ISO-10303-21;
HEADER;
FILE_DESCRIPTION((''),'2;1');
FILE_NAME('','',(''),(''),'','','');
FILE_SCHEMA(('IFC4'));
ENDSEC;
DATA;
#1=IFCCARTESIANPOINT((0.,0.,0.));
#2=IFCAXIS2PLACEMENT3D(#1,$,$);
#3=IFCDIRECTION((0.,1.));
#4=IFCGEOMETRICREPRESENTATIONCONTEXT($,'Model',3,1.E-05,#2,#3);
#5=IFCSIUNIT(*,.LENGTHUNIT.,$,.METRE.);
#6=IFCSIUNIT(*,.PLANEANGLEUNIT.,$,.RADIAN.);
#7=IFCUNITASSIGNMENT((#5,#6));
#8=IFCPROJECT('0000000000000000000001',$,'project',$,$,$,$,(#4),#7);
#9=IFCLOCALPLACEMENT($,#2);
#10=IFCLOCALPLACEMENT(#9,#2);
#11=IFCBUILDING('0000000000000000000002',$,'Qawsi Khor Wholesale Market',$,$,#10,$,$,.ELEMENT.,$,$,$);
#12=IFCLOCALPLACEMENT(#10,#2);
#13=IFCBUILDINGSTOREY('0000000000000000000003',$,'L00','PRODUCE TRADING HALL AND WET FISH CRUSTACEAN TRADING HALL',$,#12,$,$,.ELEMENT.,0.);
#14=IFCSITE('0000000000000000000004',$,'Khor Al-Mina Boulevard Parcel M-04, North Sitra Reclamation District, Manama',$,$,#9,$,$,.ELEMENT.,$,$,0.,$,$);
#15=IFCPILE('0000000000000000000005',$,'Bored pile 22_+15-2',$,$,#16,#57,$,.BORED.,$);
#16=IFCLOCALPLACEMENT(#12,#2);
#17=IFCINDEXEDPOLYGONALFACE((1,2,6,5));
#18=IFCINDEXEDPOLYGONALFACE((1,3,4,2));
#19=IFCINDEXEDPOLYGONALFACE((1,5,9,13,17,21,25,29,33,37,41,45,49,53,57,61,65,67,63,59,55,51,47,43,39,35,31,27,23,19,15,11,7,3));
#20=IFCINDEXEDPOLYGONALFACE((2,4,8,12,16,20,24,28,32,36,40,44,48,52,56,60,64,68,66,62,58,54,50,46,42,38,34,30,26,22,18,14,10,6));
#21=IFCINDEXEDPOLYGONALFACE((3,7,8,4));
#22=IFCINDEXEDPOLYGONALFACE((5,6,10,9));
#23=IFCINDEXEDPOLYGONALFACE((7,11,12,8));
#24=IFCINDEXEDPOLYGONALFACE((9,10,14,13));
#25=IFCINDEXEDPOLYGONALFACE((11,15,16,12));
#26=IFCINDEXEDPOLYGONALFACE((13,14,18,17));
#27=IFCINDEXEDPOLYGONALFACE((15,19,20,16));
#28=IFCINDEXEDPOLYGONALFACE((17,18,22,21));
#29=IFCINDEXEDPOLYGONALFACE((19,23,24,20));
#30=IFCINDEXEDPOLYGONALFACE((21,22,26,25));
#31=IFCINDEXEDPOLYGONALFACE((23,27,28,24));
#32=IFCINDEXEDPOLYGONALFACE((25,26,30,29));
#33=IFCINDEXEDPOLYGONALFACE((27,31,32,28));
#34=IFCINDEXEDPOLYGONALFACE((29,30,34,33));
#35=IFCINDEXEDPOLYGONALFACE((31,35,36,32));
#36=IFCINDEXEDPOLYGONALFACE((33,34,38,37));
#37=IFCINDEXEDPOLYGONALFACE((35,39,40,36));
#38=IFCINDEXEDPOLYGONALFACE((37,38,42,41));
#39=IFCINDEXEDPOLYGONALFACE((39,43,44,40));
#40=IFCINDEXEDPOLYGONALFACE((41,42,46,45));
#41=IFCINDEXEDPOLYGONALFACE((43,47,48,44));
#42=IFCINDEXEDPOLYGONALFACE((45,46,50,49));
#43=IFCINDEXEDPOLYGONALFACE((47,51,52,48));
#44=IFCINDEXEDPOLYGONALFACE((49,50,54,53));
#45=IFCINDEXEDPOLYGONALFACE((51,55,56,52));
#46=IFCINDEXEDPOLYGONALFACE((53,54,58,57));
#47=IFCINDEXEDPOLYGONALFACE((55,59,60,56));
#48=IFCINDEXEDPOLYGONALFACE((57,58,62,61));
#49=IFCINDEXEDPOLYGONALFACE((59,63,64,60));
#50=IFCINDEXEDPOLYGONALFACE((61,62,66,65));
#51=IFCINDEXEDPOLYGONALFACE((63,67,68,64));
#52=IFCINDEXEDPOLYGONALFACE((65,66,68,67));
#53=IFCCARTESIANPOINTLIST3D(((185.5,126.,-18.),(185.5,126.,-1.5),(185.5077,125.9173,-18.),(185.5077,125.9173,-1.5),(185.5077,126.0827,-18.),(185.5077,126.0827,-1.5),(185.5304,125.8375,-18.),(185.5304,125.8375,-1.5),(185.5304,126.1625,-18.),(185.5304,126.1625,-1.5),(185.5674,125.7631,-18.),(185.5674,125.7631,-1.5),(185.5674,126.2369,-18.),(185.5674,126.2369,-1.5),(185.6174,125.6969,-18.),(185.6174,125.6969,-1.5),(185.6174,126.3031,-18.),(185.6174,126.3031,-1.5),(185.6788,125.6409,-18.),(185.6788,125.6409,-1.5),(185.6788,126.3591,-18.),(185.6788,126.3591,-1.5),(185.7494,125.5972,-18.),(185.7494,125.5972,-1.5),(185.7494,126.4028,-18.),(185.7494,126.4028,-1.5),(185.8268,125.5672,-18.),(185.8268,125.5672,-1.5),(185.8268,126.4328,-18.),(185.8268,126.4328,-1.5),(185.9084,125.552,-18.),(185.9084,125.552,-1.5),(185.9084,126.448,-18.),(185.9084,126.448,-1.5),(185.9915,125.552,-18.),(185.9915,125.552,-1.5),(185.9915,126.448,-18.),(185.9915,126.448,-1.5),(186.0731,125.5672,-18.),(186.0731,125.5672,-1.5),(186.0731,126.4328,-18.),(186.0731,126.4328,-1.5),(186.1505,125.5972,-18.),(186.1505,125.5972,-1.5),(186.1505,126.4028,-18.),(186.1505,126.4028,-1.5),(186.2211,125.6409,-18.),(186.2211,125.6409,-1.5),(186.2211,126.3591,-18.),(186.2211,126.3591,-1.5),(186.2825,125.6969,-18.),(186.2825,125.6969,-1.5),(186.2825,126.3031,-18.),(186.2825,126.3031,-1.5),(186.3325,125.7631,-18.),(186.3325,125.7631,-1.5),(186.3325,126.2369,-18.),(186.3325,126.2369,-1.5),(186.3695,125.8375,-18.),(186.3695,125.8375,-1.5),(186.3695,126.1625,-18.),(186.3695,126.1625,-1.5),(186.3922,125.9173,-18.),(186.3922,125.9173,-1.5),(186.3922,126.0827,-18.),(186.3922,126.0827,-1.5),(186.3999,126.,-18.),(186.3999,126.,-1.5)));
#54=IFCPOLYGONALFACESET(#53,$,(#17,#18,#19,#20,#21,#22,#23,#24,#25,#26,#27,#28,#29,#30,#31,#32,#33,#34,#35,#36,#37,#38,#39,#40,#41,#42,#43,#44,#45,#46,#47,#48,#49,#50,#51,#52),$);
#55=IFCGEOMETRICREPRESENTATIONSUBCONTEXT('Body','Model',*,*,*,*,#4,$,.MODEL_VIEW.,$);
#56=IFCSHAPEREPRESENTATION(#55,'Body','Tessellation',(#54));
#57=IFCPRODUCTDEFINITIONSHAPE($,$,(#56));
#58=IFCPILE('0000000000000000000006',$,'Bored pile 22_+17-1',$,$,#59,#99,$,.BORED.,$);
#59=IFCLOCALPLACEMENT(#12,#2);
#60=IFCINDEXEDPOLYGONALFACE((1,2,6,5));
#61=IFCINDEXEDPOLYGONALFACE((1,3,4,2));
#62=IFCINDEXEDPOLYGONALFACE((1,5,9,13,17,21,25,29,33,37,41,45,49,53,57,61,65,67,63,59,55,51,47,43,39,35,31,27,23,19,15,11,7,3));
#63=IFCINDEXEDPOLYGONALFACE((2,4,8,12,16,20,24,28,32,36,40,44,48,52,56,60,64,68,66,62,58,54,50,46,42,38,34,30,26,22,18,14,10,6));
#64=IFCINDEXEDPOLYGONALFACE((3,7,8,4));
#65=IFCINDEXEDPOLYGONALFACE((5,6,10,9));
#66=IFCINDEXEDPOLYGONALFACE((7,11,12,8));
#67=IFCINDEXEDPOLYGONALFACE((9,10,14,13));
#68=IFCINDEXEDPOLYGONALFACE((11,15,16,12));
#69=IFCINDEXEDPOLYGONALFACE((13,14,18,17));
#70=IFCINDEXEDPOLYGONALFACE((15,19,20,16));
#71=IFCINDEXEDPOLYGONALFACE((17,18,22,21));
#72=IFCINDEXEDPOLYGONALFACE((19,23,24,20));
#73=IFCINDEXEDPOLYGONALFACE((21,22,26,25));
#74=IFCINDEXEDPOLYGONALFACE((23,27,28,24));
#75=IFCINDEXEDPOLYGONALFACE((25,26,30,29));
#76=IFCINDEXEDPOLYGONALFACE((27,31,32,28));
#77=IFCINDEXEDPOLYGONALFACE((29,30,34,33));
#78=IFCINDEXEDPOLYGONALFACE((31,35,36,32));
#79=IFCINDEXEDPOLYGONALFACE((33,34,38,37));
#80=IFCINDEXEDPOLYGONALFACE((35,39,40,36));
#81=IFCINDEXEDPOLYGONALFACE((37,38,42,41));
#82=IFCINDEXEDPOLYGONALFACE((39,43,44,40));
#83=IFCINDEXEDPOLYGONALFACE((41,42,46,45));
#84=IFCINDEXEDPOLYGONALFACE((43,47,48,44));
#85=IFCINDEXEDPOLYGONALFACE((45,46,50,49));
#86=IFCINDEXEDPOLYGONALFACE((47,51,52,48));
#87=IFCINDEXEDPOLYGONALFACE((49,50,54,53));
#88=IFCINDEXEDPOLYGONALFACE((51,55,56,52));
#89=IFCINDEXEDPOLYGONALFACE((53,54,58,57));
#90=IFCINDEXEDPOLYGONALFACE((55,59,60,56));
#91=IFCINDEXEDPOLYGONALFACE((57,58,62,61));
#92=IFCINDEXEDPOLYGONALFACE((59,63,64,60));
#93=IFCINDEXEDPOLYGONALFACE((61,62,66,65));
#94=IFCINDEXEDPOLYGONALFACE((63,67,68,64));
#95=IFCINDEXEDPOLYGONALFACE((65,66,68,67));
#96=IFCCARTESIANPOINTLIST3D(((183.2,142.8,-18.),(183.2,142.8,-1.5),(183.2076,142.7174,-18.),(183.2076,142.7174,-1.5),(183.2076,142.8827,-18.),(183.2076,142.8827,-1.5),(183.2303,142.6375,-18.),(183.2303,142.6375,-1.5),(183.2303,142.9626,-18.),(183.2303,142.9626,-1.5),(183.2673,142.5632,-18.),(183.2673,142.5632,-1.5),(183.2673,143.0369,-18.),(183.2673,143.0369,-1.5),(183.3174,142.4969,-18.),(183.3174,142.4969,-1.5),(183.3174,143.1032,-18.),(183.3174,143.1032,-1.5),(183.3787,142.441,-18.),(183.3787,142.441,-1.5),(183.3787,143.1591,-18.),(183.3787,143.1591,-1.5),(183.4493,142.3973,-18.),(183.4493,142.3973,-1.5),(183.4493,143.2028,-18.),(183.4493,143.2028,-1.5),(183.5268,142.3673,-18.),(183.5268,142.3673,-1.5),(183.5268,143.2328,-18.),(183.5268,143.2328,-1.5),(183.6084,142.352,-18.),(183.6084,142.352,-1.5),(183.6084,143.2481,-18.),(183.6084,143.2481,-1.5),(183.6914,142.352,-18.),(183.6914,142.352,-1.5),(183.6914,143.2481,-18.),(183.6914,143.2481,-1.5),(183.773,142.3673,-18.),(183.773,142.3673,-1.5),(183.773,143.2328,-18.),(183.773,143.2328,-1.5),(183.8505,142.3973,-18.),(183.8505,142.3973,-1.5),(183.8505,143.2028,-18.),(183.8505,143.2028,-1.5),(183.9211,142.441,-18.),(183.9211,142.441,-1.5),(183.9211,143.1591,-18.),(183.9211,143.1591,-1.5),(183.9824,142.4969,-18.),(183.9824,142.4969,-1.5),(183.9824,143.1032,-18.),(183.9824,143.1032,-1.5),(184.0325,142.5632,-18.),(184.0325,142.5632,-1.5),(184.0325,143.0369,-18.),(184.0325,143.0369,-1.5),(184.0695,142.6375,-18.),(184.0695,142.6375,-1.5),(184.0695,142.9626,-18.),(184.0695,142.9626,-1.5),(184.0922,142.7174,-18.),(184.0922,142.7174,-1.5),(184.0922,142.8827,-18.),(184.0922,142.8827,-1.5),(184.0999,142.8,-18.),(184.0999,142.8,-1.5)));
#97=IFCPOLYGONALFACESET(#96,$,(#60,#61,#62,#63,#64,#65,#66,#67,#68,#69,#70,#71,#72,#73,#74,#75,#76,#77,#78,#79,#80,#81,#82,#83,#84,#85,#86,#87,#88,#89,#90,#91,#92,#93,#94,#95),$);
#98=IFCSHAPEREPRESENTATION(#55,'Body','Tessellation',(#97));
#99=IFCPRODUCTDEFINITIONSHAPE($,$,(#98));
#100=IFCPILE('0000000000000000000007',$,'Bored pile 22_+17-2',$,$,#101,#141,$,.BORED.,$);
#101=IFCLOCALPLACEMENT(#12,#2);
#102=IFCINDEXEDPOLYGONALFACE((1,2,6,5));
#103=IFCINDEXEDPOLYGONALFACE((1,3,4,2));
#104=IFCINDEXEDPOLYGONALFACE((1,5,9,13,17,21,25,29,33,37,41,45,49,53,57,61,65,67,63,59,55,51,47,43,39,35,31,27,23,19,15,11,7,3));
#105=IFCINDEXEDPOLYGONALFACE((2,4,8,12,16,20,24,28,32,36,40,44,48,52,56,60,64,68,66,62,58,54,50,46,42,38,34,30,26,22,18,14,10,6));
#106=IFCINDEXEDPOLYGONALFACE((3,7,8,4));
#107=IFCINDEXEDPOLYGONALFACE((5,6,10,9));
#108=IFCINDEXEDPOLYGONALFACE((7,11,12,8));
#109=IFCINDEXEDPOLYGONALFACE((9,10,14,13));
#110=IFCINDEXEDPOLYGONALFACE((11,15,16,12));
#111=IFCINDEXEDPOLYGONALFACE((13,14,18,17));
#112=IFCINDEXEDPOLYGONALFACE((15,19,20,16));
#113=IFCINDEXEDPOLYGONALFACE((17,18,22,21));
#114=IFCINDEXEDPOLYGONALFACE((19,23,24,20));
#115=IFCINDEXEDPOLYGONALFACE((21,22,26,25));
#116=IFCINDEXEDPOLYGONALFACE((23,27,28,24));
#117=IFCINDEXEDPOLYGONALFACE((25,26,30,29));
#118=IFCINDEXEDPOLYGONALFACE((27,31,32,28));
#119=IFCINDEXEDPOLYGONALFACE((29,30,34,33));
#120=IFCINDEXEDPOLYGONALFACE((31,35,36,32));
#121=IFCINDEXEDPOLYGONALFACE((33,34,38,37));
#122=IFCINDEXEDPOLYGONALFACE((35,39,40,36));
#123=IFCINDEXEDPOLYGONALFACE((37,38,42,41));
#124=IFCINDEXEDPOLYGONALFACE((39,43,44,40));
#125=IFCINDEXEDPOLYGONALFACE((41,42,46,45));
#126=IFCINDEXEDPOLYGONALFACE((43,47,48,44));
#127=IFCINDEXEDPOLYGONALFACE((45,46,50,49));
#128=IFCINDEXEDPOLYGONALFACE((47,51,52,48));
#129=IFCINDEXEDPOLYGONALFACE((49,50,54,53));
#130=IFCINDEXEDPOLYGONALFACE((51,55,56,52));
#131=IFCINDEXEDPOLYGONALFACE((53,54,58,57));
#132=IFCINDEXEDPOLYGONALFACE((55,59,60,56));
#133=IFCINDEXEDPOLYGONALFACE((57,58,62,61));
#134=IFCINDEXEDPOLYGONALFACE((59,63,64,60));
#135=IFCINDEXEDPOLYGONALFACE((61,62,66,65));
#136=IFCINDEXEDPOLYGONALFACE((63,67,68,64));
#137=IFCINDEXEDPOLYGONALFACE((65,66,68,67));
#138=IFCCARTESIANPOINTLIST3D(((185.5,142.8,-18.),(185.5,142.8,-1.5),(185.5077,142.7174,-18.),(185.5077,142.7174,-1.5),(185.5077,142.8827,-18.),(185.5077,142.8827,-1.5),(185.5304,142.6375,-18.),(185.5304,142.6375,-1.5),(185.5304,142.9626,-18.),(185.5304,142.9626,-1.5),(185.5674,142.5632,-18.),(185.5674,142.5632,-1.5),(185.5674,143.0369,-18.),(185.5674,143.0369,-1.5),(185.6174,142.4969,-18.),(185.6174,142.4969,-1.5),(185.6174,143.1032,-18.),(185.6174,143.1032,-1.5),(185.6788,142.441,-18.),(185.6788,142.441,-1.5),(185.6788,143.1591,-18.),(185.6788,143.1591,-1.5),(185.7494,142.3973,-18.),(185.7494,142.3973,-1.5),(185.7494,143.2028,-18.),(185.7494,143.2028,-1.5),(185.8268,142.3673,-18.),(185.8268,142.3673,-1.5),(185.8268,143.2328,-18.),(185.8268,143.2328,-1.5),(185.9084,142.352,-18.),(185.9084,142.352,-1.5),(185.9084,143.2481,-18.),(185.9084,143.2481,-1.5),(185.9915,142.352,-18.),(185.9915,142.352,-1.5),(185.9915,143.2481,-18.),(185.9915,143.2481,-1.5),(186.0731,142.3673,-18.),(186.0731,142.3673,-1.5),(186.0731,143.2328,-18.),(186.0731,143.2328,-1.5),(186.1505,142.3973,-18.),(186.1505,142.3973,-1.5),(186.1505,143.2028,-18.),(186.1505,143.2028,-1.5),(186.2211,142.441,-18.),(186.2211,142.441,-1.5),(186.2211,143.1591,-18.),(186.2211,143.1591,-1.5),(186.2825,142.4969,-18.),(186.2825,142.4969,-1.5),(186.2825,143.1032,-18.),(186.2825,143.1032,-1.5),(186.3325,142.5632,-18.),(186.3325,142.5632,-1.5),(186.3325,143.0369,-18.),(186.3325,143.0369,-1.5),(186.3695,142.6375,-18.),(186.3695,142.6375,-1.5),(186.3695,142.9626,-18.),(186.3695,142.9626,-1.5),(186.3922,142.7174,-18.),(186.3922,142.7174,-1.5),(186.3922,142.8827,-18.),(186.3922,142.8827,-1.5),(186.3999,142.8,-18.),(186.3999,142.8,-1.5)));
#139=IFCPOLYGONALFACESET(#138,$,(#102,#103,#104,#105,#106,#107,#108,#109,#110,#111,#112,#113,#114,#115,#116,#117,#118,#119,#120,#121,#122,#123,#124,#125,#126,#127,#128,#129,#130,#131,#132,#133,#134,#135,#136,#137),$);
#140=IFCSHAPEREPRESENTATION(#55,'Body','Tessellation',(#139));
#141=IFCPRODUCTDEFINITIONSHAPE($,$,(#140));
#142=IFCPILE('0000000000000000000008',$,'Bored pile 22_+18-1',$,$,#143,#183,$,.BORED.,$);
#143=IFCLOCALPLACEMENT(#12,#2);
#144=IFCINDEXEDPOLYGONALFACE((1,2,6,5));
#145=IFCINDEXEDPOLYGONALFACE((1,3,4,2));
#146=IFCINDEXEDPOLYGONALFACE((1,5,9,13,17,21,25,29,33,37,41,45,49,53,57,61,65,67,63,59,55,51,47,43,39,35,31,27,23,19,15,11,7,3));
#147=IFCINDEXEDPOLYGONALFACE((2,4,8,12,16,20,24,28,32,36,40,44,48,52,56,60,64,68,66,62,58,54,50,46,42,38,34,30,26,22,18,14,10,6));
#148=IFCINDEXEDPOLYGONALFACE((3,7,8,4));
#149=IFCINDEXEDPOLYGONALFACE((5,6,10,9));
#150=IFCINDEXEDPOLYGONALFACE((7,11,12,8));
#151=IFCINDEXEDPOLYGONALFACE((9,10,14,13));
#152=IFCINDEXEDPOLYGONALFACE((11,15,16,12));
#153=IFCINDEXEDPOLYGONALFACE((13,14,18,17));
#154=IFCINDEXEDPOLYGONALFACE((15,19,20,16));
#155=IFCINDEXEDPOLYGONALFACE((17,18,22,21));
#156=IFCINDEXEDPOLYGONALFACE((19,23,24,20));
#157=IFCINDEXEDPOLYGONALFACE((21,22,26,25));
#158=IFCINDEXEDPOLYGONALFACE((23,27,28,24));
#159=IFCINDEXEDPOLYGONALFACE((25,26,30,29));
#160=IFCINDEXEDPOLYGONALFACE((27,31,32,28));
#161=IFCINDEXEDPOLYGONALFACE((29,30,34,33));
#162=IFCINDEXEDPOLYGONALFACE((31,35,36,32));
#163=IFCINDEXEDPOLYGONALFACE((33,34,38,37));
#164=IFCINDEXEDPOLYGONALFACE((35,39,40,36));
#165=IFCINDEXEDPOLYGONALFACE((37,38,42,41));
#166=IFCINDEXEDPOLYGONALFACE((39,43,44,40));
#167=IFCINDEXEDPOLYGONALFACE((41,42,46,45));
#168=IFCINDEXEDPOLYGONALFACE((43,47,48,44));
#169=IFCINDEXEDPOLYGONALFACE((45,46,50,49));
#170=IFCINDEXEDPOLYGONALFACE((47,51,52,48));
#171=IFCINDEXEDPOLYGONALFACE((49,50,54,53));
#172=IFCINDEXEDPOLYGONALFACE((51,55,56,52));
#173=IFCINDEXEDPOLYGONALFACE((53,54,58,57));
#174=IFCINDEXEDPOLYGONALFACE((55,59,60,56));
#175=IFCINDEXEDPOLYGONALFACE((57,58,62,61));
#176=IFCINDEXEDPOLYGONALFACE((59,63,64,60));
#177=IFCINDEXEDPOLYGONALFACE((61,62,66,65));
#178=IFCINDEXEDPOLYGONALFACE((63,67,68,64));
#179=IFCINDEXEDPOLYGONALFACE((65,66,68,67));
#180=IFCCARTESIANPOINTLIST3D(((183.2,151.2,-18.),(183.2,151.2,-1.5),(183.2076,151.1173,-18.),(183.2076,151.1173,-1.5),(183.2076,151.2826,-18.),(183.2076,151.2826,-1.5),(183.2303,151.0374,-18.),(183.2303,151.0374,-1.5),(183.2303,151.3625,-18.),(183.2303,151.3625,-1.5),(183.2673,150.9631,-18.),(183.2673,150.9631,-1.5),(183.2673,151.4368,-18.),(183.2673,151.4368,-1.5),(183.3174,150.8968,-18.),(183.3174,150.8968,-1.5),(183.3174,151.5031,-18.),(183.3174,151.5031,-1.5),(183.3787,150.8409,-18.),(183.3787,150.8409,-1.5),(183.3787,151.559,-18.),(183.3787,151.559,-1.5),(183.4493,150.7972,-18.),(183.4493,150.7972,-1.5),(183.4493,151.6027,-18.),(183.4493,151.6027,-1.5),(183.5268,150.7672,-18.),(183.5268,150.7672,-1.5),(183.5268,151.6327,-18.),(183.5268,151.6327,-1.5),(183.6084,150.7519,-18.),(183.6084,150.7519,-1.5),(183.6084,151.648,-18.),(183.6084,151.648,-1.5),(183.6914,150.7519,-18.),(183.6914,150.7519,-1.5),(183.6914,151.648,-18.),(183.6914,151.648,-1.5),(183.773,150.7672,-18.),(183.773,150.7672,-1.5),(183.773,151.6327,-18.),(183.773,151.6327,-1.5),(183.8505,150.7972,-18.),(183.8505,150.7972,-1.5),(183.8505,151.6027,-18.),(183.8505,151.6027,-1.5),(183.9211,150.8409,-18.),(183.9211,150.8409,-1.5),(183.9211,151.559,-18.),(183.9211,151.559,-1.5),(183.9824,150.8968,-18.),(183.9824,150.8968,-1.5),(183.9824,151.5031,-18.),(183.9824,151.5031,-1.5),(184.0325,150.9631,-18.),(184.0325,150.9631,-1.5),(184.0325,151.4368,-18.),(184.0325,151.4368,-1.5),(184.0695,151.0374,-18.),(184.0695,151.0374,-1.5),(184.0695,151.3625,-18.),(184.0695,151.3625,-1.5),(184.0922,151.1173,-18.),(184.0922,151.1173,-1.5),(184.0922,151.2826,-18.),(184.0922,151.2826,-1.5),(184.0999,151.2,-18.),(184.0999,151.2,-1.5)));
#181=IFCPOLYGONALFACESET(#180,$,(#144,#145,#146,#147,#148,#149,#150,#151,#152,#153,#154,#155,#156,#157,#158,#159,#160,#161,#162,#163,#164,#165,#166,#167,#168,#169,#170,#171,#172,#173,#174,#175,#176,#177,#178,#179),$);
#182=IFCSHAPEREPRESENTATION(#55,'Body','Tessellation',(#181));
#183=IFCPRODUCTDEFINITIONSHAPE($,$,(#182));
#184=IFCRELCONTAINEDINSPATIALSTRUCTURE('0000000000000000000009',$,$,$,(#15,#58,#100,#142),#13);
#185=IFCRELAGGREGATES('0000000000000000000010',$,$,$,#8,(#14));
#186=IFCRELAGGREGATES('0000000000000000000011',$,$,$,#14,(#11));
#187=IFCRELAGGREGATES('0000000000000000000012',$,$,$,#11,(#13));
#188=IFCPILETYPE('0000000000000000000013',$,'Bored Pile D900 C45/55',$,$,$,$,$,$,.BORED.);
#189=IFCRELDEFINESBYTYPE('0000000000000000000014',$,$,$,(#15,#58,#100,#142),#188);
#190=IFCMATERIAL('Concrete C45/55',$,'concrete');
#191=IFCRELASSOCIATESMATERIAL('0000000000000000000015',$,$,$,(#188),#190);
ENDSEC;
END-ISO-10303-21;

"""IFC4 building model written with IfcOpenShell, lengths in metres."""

from ifc_helpers import new_model, si_unit, direction, frame, origin, origin_2d, place, context, subcontext, project, spatial, circle, extrude, material, material_profile, profile_set, type_object, element, save


model = new_model("IFC4")

# Units and contexts
model_context = context("Model", 3, precision=1e-05, world=origin(), true_north=direction((0.0, 1.0)))
body_context = subcontext(model_context, "Body", "Model", "MODEL_VIEW")
ifc_project = project(units=[si_unit("LENGTHUNIT", "METRE"), si_unit("PLANEANGLEUNIT", "RADIAN")], contexts=[model_context])

# Site, building, storey
site_placement = place(None, origin())
site = spatial("IfcSite", under=ifc_project, at=site_placement, Name="Khor Al-Mina Boulevard Parcel M-04, North Sitra Reclamation District, Manama", CompositionType="ELEMENT", RefElevation=0.0)
building_placement = place(site_placement, origin())
building = spatial("IfcBuilding", under=site, at=building_placement, Name="Qawsi Khor Wholesale Market", CompositionType="ELEMENT")
storey_placement = place(building_placement, origin())
storey = spatial("IfcBuildingStorey", under=building, at=storey_placement, Name="L00", Description="PRODUCE TRADING HALL AND WET FISH CRUSTACEAN TRADING HALL", CompositionType="ELEMENT", Elevation=0.0)

# Piles
ifc_material_1 = material(Name="Concrete C45/55", Category="concrete")
ifc_material_profile_1 = material_profile(ifc_material_1, circle(Radius=0.45, at=origin_2d()), Name="PILE D900")
ifc_profile_set_1 = profile_set([ifc_material_profile_1], Name="Concrete C45/55")
pile_type = type_object("IfcPileType", Name="Bored Pile D900 C45/55", PredefinedType="BORED", material=ifc_profile_set_1)
for number, where, z_axis, x_axis, name in (
    (1, (185.95, 126.0, -1.5), (0.0, 0.0, -1.0), (1.0, 0.0, 0.0), "Bored pile 22_+15-2"),
    (2, (183.6499, 142.8, -1.5), (0.0, 0.0, -1.0), (1.0, 0.0, 0.0), "Bored pile 22_+17-1"),
    (3, (185.95, 142.8, -1.5), (0.0, 0.0, -1.0), (1.0, 0.0, 0.0), "Bored pile 22_+17-2"),
    (4, (183.6499, 151.2, -1.5), (0.0, 0.0, -1.0), (1.0, 0.0, 0.0), "Bored pile 22_+18-1"),
):
    element("IfcPile", number, at=place(storey_placement, frame(where, z_axis=z_axis, x_axis=x_axis)), inside=storey, type_object=pile_type, Name=name, PredefinedType="BORED", context=body_context, shape_type="SweptSolid", body=[
        extrude(circle(Radius=0.45, at=origin_2d()), origin(), (0.0, 0.0, 1.0), 16.5),
    ])

save(model, "model.ifc")
